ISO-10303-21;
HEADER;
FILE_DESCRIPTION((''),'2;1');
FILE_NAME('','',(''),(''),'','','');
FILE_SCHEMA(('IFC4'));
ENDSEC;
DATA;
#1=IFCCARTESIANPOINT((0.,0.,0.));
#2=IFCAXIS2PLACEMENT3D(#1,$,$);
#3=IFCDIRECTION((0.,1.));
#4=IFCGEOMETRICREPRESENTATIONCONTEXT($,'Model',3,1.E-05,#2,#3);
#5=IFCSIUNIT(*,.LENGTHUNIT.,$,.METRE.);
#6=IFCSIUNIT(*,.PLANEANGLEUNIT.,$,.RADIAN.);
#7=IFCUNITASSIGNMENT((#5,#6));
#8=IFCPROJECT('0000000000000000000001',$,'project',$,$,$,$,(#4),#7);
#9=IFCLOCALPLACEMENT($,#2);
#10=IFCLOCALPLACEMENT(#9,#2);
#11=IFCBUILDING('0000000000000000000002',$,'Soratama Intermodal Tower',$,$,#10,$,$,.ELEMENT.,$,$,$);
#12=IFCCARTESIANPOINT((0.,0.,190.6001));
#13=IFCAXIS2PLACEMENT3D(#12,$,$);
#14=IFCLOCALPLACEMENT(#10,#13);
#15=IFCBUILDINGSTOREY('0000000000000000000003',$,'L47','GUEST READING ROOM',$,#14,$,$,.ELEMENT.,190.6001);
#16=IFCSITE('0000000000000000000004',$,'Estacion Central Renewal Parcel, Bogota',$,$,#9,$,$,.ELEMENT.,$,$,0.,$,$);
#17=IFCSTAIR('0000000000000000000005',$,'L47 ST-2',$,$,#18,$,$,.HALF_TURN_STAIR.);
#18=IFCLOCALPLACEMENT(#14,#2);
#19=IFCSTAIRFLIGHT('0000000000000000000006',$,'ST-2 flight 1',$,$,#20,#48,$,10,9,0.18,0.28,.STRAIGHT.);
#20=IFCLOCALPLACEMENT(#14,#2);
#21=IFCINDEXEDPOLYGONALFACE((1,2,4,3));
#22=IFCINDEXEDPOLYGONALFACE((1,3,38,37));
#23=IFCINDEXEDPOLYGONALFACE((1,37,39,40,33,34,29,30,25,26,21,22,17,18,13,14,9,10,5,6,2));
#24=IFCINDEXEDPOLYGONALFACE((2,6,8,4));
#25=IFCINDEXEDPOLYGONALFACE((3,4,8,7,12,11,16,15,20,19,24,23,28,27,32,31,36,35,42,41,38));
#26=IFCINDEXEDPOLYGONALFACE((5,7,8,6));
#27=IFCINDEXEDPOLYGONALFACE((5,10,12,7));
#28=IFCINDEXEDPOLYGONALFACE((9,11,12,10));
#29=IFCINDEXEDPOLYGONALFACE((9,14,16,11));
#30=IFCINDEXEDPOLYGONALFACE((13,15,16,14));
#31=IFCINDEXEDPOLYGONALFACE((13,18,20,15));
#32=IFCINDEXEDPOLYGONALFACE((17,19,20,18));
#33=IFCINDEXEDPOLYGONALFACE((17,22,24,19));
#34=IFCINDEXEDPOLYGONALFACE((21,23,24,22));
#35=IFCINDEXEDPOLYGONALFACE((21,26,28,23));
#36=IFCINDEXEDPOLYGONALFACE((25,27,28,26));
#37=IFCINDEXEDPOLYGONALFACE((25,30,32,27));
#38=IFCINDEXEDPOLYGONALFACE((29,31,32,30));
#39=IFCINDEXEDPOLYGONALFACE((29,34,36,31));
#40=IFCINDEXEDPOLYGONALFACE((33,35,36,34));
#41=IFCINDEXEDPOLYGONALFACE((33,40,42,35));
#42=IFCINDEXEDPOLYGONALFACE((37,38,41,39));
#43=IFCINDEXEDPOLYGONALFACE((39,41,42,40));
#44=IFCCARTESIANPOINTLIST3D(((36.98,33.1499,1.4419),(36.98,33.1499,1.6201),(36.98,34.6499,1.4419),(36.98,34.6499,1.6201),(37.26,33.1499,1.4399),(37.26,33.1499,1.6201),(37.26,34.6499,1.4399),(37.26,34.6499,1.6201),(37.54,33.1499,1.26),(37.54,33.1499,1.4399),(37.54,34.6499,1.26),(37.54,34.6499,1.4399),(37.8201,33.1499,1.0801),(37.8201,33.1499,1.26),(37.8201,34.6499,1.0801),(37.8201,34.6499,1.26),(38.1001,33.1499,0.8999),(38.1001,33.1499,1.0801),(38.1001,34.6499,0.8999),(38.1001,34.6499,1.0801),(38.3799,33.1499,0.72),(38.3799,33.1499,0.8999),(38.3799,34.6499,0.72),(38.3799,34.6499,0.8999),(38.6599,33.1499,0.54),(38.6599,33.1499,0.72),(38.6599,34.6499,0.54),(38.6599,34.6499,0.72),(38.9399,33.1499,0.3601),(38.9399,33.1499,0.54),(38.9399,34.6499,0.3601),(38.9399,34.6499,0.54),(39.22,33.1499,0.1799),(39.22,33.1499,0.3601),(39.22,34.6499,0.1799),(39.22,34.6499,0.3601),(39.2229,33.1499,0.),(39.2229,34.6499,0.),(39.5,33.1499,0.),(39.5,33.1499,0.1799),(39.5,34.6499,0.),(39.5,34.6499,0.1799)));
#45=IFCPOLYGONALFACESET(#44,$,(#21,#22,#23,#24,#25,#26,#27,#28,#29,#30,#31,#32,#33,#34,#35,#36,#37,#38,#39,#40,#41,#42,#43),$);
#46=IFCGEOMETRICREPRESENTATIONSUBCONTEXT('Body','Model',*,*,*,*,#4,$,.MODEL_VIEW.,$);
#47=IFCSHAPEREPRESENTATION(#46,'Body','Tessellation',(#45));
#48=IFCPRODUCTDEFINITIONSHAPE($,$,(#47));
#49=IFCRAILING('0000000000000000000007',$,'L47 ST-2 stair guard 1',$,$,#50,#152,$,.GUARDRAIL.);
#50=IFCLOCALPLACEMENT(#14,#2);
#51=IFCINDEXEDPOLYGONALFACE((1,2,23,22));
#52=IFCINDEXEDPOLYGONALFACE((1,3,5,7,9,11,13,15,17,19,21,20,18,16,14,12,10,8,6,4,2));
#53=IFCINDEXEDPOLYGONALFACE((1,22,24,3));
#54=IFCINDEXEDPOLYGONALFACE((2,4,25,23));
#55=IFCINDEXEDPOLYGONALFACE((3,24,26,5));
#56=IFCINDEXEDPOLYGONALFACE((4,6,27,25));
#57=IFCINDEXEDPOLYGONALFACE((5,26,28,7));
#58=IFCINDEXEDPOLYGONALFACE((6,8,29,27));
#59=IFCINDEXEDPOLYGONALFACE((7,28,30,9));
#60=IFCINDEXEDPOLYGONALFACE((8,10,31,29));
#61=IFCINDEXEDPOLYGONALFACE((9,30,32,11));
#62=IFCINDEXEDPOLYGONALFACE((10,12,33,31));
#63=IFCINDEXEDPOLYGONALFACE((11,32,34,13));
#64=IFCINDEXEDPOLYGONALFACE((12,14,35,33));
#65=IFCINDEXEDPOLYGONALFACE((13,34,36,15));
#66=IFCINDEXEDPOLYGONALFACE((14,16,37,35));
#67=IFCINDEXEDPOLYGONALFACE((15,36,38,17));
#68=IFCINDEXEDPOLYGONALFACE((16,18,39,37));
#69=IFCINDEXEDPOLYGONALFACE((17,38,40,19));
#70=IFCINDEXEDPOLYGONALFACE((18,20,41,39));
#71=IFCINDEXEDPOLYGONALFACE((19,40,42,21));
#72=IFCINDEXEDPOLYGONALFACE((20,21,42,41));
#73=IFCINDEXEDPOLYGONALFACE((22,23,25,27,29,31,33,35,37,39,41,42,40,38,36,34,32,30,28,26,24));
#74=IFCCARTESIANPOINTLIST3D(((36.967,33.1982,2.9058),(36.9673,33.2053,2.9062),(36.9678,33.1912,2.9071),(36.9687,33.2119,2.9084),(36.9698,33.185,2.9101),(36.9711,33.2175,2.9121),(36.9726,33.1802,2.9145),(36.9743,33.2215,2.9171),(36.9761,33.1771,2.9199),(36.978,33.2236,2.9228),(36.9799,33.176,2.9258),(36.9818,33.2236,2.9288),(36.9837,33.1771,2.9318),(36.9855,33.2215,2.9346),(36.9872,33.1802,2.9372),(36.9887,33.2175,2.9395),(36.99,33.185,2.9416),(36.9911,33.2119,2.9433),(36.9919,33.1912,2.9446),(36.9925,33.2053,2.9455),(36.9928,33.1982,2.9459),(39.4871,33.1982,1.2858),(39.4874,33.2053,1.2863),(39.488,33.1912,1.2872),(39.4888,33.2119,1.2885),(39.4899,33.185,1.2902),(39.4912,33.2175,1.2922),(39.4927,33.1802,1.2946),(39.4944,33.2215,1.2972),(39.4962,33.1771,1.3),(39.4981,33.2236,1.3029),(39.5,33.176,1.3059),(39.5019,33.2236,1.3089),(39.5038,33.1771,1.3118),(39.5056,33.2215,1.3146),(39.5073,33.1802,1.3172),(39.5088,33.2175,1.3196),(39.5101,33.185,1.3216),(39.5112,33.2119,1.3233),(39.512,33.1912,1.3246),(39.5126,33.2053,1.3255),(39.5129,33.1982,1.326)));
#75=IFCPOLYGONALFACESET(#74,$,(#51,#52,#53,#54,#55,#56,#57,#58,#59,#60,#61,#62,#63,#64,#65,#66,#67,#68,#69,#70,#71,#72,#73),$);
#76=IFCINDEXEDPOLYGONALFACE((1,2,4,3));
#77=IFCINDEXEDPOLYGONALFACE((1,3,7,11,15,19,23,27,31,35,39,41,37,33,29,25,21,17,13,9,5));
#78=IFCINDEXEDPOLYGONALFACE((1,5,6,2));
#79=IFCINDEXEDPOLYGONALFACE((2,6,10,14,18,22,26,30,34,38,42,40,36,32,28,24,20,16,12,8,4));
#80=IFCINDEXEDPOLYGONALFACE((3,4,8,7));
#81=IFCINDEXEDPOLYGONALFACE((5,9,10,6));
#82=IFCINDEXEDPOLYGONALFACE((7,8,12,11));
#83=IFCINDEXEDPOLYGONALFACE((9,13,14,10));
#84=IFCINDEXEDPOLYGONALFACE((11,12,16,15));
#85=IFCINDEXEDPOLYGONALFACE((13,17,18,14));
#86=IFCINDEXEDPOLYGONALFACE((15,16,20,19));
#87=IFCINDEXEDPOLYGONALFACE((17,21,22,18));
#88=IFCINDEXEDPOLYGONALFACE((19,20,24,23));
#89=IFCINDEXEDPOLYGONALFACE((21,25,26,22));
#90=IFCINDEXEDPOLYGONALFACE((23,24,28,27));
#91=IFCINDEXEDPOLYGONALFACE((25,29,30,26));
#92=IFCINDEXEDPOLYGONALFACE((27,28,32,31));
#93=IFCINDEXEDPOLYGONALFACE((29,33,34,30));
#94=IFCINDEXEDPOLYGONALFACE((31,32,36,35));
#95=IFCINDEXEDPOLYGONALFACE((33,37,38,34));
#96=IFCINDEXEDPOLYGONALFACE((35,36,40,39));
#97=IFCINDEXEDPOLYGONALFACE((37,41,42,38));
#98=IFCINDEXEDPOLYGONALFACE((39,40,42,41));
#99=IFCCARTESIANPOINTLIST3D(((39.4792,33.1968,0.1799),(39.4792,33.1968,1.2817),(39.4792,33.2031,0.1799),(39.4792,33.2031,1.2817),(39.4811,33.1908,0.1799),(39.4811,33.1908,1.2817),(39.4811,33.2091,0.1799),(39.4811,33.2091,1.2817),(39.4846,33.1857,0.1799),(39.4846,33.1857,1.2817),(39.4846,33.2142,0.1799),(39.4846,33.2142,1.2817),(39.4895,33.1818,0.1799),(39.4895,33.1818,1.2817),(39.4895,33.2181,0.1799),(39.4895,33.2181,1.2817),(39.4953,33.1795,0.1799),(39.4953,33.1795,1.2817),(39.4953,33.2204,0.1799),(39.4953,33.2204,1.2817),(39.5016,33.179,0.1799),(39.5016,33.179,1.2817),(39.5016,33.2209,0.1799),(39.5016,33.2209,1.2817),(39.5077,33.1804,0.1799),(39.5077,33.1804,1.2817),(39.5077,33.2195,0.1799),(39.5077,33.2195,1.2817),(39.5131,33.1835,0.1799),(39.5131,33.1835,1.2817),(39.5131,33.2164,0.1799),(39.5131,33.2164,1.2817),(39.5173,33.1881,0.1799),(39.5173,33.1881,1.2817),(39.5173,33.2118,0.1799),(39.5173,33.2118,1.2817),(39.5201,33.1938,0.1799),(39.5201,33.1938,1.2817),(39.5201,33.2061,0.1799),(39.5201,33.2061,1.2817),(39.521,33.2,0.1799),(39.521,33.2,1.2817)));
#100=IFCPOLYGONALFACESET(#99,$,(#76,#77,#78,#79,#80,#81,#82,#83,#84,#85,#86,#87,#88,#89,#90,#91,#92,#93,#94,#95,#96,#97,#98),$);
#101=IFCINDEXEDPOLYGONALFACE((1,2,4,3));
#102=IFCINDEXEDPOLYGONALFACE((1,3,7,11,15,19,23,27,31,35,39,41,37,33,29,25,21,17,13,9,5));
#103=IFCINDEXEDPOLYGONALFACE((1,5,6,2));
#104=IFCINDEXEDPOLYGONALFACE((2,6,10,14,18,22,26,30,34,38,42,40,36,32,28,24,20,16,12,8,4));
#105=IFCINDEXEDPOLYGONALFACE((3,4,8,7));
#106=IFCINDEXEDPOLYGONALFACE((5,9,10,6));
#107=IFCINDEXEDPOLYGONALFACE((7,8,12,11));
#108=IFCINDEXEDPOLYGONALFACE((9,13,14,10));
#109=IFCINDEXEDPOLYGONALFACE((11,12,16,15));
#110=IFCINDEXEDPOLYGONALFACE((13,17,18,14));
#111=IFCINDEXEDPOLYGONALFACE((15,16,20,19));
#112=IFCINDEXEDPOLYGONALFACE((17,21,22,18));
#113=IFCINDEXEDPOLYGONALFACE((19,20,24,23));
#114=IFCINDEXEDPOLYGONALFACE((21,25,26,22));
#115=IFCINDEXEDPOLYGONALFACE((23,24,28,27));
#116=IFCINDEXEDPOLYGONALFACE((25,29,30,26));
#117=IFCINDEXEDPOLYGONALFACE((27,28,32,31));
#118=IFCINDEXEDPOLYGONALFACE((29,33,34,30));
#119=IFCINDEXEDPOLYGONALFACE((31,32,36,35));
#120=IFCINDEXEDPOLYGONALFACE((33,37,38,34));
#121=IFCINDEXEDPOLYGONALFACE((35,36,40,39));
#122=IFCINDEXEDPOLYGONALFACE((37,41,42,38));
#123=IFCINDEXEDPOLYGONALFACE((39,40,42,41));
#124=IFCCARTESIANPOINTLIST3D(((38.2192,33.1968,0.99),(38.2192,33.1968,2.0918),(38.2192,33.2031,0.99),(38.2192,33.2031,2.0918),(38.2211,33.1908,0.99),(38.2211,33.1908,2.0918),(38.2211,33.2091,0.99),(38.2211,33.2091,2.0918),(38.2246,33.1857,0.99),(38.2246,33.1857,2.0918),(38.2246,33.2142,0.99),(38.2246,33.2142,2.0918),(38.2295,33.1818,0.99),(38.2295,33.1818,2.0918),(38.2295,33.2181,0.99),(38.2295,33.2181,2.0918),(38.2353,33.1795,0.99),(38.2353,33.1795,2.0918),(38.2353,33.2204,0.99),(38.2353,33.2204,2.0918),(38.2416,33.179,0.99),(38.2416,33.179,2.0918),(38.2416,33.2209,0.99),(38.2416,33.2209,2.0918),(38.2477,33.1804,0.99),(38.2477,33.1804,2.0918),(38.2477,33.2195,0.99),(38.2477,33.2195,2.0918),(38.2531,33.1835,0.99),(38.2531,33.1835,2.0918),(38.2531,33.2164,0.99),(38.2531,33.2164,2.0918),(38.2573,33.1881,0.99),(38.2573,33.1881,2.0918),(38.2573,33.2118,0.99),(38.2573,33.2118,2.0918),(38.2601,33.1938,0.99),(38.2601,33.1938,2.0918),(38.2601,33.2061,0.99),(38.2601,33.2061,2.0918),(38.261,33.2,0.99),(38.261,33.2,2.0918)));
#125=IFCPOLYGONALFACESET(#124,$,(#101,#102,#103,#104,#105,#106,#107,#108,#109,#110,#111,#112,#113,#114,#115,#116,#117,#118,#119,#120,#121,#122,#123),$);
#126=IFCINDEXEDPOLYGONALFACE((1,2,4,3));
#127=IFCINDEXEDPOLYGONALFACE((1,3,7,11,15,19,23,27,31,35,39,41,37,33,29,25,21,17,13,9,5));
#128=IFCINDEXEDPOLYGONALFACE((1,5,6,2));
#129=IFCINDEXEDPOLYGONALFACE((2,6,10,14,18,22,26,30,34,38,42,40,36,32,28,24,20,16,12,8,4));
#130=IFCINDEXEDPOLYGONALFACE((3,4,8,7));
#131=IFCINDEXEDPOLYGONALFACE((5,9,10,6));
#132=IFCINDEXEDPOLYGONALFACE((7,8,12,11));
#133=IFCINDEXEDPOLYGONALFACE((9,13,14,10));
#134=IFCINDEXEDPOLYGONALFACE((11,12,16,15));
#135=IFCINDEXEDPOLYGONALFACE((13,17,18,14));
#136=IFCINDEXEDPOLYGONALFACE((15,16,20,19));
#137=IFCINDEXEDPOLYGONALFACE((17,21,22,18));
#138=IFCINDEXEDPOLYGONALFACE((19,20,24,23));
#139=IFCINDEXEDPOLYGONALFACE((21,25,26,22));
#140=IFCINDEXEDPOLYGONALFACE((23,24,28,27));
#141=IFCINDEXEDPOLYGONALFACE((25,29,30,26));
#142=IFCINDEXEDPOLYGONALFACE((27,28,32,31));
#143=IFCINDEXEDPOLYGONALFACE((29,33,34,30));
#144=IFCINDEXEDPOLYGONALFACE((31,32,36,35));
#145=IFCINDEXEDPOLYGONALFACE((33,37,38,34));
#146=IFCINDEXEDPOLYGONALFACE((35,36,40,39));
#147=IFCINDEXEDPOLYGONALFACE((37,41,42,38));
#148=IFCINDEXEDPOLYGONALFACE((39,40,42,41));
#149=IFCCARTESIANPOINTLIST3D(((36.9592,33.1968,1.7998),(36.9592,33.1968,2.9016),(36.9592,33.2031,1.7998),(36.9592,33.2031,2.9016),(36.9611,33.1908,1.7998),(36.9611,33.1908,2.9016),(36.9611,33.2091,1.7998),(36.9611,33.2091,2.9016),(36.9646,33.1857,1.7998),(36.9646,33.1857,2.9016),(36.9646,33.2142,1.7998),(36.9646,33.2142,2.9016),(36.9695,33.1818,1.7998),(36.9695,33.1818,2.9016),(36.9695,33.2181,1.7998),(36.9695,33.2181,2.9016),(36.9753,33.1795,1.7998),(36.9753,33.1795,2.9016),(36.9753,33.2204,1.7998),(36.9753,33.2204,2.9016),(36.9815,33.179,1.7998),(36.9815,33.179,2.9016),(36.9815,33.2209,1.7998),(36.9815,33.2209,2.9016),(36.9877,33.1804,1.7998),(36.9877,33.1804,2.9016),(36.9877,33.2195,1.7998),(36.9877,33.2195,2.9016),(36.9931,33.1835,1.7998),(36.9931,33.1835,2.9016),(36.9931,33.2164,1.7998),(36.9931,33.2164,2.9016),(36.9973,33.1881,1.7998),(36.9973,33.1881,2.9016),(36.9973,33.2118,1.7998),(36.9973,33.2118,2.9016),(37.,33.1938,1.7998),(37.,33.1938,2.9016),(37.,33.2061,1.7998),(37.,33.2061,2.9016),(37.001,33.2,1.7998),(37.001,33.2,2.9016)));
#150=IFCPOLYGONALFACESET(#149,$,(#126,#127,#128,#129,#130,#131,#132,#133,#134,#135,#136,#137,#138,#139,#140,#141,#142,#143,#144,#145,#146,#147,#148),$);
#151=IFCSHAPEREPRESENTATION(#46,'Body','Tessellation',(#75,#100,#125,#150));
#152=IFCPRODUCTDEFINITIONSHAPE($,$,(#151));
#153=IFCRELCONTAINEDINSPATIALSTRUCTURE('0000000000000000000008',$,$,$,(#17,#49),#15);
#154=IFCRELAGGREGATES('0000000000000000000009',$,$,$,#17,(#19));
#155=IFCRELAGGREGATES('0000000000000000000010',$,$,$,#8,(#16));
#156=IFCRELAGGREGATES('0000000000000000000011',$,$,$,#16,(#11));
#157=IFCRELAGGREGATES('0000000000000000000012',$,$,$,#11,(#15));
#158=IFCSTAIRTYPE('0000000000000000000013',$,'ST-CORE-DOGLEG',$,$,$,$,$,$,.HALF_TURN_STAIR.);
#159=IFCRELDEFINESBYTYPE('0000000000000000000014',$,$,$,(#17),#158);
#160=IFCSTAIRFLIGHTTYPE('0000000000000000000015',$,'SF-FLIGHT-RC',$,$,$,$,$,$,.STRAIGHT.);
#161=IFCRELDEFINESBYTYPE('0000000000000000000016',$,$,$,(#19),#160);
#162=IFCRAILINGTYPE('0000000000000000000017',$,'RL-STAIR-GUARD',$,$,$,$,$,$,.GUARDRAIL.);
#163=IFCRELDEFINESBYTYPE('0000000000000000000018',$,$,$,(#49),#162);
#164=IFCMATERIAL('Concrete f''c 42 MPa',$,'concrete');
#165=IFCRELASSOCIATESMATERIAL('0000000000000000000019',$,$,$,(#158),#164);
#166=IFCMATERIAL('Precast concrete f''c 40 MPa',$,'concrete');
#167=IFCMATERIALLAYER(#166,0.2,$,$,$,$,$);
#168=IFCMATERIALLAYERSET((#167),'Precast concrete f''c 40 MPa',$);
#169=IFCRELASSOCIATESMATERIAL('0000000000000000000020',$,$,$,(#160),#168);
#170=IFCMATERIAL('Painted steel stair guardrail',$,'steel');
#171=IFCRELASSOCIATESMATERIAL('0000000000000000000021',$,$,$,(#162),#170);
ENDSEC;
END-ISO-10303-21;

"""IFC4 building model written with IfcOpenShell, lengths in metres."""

from ifc_helpers import new_model, si_unit, direction, frame, origin, origin_2d, place, context, subcontext, project, spatial, polyline, circle, outline, extrude, material, layer, layer_set, type_object, element, aggregate, save


model = new_model("IFC4")

# Units and contexts
model_context = context("Model", 3, precision=1e-05, world=origin(), true_north=direction((0.0, 1.0)))
body_context = subcontext(model_context, "Body", "Model", "MODEL_VIEW")
ifc_project = project(units=[si_unit("LENGTHUNIT", "METRE"), si_unit("PLANEANGLEUNIT", "RADIAN")], contexts=[model_context])

# Site, building, storey
site_placement = place(None, origin())
site = spatial("IfcSite", under=ifc_project, at=site_placement, Name="Estacion Central Renewal Parcel, Bogota", CompositionType="ELEMENT", RefElevation=0.0)
building_placement = place(site_placement, origin())
building = spatial("IfcBuilding", under=site, at=building_placement, Name="Soratama Intermodal Tower", CompositionType="ELEMENT")
storey_placement = place(building_placement, frame((0.0, 0.0, 190.6001)))
storey = spatial("IfcBuildingStorey", under=building, at=storey_placement, Name="L47", Description="GUEST READING ROOM", CompositionType="ELEMENT", Elevation=190.6001)

# Stair, stair flight
ifc_material_1 = material(Name="Concrete f'c 42 MPa", Category="concrete")
stair_type = type_object("IfcStairType", Name="ST-CORE-DOGLEG", PredefinedType="HALF_TURN_STAIR", material=ifc_material_1)
stair_placement = place(storey_placement, origin())
stair = element("IfcStair", 1, at=stair_placement, inside=storey, type_object=stair_type, Name="L47 ST-2", PredefinedType="HALF_TURN_STAIR")
ifc_material_2 = material(Name="Precast concrete f'c 40 MPa", Category="concrete")
ifc_layer_1 = layer(ifc_material_2, 0.2)
ifc_layer_set_1 = layer_set([ifc_layer_1], Name="Precast concrete f'c 40 MPa")
stair_flight_type = type_object("IfcStairFlightType", Name="SF-FLIGHT-RC", PredefinedType="STRAIGHT", material=ifc_layer_set_1)
stair_flight_placement = place(storey_placement, frame((39.5, 33.8999, 0.0), z_axis=(0.0, 0.0, 1.0), x_axis=(-1.0, 0.0, 0.0)))
stair_flight = element("IfcStairFlight", 2, at=stair_flight_placement, type_object=stair_flight_type, Name="ST-2 flight 1", NumberOfRisers=10, NumberOfTreads=9, PredefinedType="STRAIGHT", RiserHeight=0.18, TreadLength=0.28, context=body_context, shape_type="SweptSolid", body=[
    extrude(outline(polyline([(0.0, 0.0), (0.0, 0.1799), (0.28, 0.1799), (0.28, 0.3601), (0.5601, 0.3601), (0.5601, 0.54), (0.8401, 0.54), (0.8401, 0.72), (1.1201, 0.72), (1.1201, 0.8999), (1.3999, 0.8999), (1.3999, 1.0801), (1.6799, 1.0801), (1.6799, 1.26), (1.96, 1.26), (1.96, 1.4399), (2.24, 1.4399), (2.24, 1.6201), (2.52, 1.6201), (2.52, 1.8), (2.52, 1.4419), (0.2771, 0.0), (0.0, 0.0)])), frame((0.0, 0.75, 0.0), z_axis=(0.0, -1.0, 0.0), x_axis=(1.0, 0.0, 0.0)), (0.0, 0.0, 1.0), 1.5),
])
aggregate(stair, [stair_flight])

# Railing
ifc_material_3 = material(Name="Painted steel stair guardrail", Category="steel")
railing_type_1 = type_object("IfcRailingType", Name="RL-STAIR-GUARD", PredefinedType="GUARDRAIL", material=ifc_material_3)
railing_1_placement = place(storey_placement, frame((39.5, 33.2, 0.1799)))
element("IfcRailing", 3, at=railing_1_placement, inside=storey, type_object=railing_type_1, Name="L47 ST-2 stair guard 1", PredefinedType="GUARDRAIL", context=body_context, shape_type="SweptSolid", body=[
    extrude(circle(Radius=0.0239, at=origin_2d()), frame((0.0, 0.0, 1.126), z_axis=(-0.8412, 0.0, 0.540725), x_axis=(0.0, -1.0, 0.0)), (0.0, 0.0, 1.0), 2.9958),
    extrude(circle(Radius=0.021, at=origin_2d()), origin(), (0.0, 0.0, 1.0), 1.1018),
    extrude(circle(Radius=0.021, at=origin_2d()), frame((-1.26, 0.0, 0.8101)), (0.0, 0.0, 1.0), 1.1018),
    extrude(circle(Radius=0.021, at=origin_2d()), frame((-2.52, 0.0, 1.6199)), (0.0, 0.0, 1.0), 1.1018),
])

save(model, "model.ifc")
